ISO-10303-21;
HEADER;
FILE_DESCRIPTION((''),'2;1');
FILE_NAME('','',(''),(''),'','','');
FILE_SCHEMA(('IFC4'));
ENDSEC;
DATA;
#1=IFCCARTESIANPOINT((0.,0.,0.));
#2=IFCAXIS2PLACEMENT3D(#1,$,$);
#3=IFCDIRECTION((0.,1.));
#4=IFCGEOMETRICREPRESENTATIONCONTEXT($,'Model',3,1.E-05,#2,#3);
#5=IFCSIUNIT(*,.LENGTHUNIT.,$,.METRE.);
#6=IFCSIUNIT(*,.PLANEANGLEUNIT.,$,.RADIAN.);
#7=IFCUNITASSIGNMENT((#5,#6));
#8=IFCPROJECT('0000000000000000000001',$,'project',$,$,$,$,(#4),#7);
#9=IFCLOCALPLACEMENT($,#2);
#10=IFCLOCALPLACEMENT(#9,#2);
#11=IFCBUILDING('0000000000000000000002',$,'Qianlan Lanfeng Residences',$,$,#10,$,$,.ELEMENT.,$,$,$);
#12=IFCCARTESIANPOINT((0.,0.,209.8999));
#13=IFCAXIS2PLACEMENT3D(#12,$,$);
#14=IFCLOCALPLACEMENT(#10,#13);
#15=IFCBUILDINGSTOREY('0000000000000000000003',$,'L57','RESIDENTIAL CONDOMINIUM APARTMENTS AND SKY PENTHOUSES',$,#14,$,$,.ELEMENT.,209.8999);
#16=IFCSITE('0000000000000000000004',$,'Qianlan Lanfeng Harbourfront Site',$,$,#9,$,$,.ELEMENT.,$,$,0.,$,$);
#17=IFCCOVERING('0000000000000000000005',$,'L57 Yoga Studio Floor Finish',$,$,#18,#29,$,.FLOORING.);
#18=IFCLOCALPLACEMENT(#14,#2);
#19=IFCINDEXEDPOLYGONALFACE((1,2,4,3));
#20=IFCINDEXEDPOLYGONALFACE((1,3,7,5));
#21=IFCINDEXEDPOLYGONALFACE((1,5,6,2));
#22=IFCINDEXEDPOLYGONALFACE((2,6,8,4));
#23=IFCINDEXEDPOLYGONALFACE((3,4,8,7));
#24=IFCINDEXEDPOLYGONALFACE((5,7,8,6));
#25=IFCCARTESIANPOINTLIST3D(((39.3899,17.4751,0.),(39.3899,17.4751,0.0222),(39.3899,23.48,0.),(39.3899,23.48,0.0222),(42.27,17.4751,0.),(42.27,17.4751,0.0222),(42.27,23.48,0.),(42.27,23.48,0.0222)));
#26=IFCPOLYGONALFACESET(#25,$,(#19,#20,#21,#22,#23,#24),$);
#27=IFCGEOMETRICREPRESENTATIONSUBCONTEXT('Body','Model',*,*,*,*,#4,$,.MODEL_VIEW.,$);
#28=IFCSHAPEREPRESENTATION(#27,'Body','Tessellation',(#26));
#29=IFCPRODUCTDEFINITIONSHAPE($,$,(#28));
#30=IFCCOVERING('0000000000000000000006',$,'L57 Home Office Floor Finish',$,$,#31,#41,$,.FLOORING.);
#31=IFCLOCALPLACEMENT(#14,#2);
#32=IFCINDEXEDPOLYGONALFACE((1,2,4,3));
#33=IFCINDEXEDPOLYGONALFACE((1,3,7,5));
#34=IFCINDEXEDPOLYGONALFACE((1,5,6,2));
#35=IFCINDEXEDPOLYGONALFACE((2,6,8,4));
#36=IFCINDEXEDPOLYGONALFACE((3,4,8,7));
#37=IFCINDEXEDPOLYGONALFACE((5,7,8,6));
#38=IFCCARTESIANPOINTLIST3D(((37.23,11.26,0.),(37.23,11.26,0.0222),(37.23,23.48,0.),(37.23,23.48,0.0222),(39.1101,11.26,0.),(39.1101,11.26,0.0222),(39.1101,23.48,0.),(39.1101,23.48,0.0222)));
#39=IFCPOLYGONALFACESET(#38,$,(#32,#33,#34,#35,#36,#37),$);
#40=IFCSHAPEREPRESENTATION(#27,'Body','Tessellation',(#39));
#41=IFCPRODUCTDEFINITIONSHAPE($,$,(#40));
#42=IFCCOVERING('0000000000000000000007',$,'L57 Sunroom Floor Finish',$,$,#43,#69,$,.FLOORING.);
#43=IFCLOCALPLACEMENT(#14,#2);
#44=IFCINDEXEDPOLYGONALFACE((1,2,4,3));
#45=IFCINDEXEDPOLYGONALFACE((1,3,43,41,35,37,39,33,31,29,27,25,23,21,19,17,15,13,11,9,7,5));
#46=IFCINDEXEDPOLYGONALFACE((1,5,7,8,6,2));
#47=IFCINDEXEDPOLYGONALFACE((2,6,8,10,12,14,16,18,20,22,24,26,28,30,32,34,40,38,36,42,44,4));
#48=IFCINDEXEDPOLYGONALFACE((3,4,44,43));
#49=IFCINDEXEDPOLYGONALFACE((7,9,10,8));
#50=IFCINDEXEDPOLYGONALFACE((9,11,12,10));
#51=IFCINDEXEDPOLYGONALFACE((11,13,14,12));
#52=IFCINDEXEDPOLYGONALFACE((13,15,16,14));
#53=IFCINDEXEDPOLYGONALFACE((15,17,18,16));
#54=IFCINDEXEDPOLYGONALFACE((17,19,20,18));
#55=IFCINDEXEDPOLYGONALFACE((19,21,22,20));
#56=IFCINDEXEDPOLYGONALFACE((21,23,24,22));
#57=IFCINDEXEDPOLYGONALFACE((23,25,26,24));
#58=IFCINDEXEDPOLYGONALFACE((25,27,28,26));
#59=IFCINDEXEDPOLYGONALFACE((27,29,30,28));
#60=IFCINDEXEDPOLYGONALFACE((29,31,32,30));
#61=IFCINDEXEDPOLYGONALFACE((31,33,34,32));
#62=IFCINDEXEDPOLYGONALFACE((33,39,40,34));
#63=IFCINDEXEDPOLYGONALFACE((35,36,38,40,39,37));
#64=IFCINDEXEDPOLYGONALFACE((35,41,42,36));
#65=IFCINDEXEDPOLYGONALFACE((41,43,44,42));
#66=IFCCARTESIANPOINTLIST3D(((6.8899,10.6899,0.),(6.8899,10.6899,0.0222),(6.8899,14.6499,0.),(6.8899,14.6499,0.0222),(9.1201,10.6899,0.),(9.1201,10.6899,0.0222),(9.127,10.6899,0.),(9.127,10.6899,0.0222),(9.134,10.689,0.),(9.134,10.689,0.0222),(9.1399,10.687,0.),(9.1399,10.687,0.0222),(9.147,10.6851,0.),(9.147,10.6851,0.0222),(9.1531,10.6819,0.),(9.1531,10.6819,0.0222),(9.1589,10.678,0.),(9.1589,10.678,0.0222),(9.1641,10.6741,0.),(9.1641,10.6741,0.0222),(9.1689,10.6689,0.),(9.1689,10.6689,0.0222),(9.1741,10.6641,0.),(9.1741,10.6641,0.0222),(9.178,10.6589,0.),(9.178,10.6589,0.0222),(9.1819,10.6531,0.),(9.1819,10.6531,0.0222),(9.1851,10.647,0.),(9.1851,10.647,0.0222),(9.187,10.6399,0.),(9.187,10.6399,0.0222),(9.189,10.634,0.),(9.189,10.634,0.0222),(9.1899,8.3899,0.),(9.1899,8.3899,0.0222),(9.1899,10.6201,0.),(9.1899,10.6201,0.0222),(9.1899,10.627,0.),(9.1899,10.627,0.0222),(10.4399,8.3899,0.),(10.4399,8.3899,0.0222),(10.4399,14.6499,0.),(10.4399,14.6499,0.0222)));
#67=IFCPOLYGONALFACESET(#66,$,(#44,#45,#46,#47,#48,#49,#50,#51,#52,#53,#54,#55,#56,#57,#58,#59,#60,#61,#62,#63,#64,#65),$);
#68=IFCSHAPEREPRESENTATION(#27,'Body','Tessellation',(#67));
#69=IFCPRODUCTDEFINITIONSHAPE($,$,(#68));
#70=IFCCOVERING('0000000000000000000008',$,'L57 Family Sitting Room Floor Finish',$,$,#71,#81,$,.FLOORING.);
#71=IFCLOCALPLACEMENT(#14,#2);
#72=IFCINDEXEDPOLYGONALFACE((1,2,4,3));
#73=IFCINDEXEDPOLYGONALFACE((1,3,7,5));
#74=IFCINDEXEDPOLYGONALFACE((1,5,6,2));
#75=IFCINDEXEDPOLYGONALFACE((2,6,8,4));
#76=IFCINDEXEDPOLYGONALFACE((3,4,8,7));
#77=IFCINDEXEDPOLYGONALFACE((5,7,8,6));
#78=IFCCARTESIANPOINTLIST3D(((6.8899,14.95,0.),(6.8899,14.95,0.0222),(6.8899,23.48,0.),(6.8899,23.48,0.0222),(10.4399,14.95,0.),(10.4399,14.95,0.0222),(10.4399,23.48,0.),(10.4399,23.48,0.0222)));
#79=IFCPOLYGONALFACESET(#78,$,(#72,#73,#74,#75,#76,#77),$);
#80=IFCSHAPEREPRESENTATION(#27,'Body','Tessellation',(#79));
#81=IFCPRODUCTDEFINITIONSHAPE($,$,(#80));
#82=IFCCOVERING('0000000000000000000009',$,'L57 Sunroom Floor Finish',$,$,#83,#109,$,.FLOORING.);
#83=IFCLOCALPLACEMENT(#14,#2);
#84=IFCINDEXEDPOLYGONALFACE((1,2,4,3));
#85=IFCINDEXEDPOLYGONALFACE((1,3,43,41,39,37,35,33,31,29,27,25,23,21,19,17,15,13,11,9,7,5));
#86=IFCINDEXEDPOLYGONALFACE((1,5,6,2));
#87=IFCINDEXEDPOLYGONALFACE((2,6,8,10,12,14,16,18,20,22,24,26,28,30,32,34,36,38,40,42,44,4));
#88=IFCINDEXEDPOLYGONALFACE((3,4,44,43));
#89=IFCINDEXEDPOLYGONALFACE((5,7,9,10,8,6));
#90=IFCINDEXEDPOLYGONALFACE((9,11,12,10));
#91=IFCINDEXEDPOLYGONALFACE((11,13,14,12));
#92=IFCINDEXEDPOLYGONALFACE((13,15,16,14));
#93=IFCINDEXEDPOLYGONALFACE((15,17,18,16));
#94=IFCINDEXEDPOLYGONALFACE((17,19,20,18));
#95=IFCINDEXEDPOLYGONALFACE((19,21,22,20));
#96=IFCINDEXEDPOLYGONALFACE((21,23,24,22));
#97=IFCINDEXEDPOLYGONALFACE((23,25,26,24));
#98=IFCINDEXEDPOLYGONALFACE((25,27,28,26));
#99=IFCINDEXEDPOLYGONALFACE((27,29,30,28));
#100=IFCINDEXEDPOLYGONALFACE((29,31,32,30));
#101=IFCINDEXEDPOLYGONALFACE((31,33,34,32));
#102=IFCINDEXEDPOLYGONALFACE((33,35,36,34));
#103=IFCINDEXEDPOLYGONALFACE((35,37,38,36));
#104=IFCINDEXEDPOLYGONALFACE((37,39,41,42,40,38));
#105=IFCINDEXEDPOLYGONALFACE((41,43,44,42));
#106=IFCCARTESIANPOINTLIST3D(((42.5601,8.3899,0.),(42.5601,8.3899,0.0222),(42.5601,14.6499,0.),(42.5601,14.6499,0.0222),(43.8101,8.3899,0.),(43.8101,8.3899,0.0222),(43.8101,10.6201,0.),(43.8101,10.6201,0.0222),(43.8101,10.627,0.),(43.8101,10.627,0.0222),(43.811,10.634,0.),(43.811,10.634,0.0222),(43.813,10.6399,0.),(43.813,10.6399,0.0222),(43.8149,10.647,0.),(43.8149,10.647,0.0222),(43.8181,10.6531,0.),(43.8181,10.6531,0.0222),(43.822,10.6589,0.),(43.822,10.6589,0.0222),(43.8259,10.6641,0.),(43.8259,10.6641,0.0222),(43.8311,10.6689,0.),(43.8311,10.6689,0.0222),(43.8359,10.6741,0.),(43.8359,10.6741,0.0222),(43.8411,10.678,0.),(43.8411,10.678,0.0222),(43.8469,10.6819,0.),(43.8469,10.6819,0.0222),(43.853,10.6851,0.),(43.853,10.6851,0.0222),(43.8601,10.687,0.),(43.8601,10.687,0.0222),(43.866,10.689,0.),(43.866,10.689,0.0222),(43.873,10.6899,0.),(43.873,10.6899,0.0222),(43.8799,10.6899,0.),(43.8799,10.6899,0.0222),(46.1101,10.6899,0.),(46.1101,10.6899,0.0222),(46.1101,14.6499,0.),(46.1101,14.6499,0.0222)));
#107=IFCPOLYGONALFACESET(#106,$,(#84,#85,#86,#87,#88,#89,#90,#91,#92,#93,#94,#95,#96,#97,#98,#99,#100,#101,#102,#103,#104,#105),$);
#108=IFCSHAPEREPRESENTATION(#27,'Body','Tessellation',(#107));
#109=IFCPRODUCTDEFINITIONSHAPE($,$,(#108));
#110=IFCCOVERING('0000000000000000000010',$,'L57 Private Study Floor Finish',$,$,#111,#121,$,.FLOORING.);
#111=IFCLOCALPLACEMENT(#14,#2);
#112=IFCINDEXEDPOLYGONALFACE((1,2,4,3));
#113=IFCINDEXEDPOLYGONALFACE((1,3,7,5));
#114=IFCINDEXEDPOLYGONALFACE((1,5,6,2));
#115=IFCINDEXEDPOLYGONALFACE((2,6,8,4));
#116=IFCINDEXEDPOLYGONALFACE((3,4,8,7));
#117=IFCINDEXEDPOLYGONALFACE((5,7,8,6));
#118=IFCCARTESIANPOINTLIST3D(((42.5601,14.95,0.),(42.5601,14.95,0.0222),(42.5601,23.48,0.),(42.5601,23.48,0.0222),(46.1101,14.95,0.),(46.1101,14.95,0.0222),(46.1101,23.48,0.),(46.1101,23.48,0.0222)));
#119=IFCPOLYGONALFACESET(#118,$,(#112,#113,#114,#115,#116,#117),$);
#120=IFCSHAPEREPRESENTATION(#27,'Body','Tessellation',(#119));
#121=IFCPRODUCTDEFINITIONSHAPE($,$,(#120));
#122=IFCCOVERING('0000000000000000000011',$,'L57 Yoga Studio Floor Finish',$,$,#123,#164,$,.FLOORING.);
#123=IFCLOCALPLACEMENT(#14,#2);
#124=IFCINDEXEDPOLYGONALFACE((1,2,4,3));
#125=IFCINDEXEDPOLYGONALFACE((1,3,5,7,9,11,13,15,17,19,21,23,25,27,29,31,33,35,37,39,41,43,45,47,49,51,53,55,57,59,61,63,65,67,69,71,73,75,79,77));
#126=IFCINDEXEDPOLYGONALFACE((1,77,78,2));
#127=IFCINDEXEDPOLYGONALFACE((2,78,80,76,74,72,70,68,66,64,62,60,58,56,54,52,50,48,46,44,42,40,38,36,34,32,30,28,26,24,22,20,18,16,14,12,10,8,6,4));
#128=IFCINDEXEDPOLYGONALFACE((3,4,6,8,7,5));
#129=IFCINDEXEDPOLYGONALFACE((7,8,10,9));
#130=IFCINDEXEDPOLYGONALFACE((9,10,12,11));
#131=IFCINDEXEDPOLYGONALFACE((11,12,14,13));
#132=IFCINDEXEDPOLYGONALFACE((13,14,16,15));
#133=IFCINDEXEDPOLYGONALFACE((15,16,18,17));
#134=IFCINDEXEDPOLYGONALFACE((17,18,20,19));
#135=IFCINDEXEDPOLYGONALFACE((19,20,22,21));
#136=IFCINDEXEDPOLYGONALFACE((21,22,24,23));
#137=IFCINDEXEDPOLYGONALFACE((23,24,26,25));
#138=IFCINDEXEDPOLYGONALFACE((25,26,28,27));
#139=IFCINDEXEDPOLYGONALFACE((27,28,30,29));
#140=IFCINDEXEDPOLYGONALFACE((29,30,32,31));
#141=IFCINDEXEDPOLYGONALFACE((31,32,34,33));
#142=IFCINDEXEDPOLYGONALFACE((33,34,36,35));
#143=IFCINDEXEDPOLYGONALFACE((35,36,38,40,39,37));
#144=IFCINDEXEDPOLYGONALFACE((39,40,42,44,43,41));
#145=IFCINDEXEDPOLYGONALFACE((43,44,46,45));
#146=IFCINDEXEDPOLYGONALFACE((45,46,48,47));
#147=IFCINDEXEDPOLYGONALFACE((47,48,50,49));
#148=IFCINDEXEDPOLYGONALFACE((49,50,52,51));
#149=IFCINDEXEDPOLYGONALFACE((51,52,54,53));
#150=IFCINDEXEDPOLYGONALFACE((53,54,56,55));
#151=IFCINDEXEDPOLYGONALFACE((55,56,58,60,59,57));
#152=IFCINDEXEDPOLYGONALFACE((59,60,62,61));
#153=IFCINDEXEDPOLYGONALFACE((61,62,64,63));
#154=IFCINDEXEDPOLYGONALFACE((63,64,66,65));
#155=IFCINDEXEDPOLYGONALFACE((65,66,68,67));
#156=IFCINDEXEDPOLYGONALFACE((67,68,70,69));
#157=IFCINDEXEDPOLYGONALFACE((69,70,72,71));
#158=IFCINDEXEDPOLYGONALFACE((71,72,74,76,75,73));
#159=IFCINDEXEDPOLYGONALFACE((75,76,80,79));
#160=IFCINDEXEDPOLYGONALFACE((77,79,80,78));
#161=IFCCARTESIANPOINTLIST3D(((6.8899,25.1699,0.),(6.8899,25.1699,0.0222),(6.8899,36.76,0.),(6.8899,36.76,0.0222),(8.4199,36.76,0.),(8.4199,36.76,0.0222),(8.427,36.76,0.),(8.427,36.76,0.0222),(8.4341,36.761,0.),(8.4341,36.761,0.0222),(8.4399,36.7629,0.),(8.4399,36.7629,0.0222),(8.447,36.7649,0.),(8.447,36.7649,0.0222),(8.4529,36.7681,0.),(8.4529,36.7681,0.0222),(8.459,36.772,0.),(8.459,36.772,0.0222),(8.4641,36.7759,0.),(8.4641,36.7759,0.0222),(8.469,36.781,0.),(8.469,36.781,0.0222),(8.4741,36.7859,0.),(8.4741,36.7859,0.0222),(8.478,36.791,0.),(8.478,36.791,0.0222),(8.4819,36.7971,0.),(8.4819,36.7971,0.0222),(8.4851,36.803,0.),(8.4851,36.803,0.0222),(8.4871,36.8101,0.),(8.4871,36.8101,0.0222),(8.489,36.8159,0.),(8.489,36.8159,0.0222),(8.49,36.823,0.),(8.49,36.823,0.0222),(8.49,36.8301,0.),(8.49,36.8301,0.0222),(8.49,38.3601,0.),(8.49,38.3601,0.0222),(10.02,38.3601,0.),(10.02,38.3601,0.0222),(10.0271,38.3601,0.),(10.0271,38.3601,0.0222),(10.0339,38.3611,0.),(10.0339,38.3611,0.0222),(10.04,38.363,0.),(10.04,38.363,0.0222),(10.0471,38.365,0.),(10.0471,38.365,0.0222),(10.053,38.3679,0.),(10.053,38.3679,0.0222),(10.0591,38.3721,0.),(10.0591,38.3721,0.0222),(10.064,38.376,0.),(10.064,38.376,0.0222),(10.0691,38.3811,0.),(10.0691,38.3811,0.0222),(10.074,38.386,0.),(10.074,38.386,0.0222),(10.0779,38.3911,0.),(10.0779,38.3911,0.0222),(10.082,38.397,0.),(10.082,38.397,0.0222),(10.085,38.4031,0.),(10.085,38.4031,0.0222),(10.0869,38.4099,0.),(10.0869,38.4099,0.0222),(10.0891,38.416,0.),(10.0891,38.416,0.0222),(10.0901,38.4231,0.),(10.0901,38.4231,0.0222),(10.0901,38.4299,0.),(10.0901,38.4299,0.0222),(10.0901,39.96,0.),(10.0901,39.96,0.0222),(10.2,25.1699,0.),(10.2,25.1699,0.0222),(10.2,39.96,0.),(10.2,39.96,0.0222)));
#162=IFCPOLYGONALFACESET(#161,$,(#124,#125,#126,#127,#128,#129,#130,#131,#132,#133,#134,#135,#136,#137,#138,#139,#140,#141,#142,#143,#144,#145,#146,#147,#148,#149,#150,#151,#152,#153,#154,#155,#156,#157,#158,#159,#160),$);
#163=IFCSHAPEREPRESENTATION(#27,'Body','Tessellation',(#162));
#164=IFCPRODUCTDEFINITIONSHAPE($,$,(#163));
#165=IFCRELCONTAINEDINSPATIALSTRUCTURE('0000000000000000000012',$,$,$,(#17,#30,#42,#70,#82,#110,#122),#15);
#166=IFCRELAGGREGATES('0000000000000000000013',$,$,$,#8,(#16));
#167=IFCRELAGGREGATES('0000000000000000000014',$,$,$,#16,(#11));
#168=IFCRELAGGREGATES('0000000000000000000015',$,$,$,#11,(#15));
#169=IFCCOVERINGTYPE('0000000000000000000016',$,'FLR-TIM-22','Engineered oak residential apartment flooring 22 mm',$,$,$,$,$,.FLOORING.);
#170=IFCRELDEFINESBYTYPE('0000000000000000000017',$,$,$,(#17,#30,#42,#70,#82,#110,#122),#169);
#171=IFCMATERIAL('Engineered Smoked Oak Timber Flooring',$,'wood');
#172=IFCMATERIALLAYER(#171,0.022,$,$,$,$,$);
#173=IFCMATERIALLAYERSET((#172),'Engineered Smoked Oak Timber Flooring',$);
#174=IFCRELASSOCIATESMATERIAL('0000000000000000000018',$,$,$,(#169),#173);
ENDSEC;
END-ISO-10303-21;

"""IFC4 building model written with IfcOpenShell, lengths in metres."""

from ifc_helpers import new_model, si_unit, direction, frame, origin, place, context, subcontext, project, spatial, polyline, outline, extrude, material, layer, layer_set, type_object, element, save


model = new_model("IFC4")

# Units and contexts
model_context = context("Model", 3, precision=1e-05, world=origin(), true_north=direction((0.0, 1.0)))
body_context = subcontext(model_context, "Body", "Model", "MODEL_VIEW")
ifc_project = project(units=[si_unit("LENGTHUNIT", "METRE"), si_unit("PLANEANGLEUNIT", "RADIAN")], contexts=[model_context])

# Site, building, storey
site_placement = place(None, origin())
site = spatial("IfcSite", under=ifc_project, at=site_placement, Name="Qianlan Lanfeng Harbourfront Site", CompositionType="ELEMENT", RefElevation=0.0)
building_placement = place(site_placement, origin())
building = spatial("IfcBuilding", under=site, at=building_placement, Name="Qianlan Lanfeng Residences", CompositionType="ELEMENT")
storey_placement = place(building_placement, frame((0.0, 0.0, 209.8999)))
storey = spatial("IfcBuildingStorey", under=building, at=storey_placement, Name="L57", Description="RESIDENTIAL CONDOMINIUM APARTMENTS AND SKY PENTHOUSES", CompositionType="ELEMENT", Elevation=209.8999)

# Coverings
ifc_material_1 = material(Name="Engineered Smoked Oak Timber Flooring", Category="wood")
ifc_layer_1 = layer(ifc_material_1, 0.022)
ifc_layer_set_1 = layer_set([ifc_layer_1], Name="Engineered Smoked Oak Timber Flooring")
covering_type = type_object("IfcCoveringType", Name="FLR-TIM-22", Description="Engineered oak residential apartment flooring 22 mm", PredefinedType="FLOORING", material=ifc_layer_set_1)
covering_1_placement = place(storey_placement, origin())
element("IfcCovering", 1, at=covering_1_placement, inside=storey, type_object=covering_type, Name="L57 Yoga Studio Floor Finish", PredefinedType="FLOORING", context=body_context, shape_type="SweptSolid", body=[
    extrude(outline(polyline([(39.3899, 17.4751), (42.27, 17.4751), (42.27, 23.48), (39.3899, 23.48), (39.3899, 17.4751)])), origin(), (0.0, 0.0, 1.0), 0.0222),
])
covering_2_placement = place(storey_placement, origin())
element("IfcCovering", 2, at=covering_2_placement, inside=storey, type_object=covering_type, Name="L57 Home Office Floor Finish", PredefinedType="FLOORING", context=body_context, shape_type="SweptSolid", body=[
    extrude(outline(polyline([(37.23, 11.26), (39.1101, 11.26), (39.1101, 23.48), (37.23, 23.48), (37.23, 11.26)])), origin(), (0.0, 0.0, 1.0), 0.0222),
])
covering_3_placement = place(storey_placement, origin())
element("IfcCovering", 3, at=covering_3_placement, inside=storey, type_object=covering_type, Name="L57 Sunroom Floor Finish", PredefinedType="FLOORING", context=body_context, shape_type="SweptSolid", body=[
    extrude(outline(polyline([(10.4399, 14.6499), (6.8899, 14.6499), (6.8899, 10.6899), (9.1201, 10.6899), (9.127, 10.6899), (9.134, 10.689), (9.1399, 10.687), (9.147, 10.6851), (9.1531, 10.6819), (9.1589, 10.678), (9.1641, 10.6741), (9.1689, 10.6689), (9.1741, 10.6641), (9.178, 10.6589), (9.1819, 10.6531), (9.1851, 10.647), (9.187, 10.6399), (9.189, 10.634), (9.1899, 10.627), (9.1899, 10.6201), (9.1899, 8.3899), (10.4399, 8.3899), (10.4399, 14.6499)])), origin(), (0.0, 0.0, 1.0), 0.0222),
])
covering_4_placement = place(storey_placement, origin())
element("IfcCovering", 4, at=covering_4_placement, inside=storey, type_object=covering_type, Name="L57 Family Sitting Room Floor Finish", PredefinedType="FLOORING", context=body_context, shape_type="SweptSolid", body=[
    extrude(outline(polyline([(10.4399, 23.48), (6.8899, 23.48), (6.8899, 14.95), (10.4399, 14.95), (10.4399, 23.48)])), origin(), (0.0, 0.0, 1.0), 0.0222),
])
covering_5_placement = place(storey_placement, origin())
element("IfcCovering", 5, at=covering_5_placement, inside=storey, type_object=covering_type, Name="L57 Sunroom Floor Finish", PredefinedType="FLOORING", context=body_context, shape_type="SweptSolid", body=[
    extrude(outline(polyline([(46.1101, 14.6499), (42.5601, 14.6499), (42.5601, 8.3899), (43.8101, 8.3899), (43.8101, 10.6201), (43.8101, 10.627), (43.811, 10.634), (43.813, 10.6399), (43.8149, 10.647), (43.8181, 10.6531), (43.822, 10.6589), (43.8259, 10.6641), (43.8311, 10.6689), (43.8359, 10.6741), (43.8411, 10.678), (43.8469, 10.6819), (43.853, 10.6851), (43.8601, 10.687), (43.866, 10.689), (43.873, 10.6899), (43.8799, 10.6899), (46.1101, 10.6899), (46.1101, 14.6499)])), origin(), (0.0, 0.0, 1.0), 0.0222),
])
covering_6_placement = place(storey_placement, origin())
element("IfcCovering", 6, at=covering_6_placement, inside=storey, type_object=covering_type, Name="L57 Private Study Floor Finish", PredefinedType="FLOORING", context=body_context, shape_type="SweptSolid", body=[
    extrude(outline(polyline([(46.1101, 23.48), (42.5601, 23.48), (42.5601, 14.95), (46.1101, 14.95), (46.1101, 23.48)])), origin(), (0.0, 0.0, 1.0), 0.0222),
])
covering_7_placement = place(storey_placement, origin())
element("IfcCovering", 7, at=covering_7_placement, inside=storey, type_object=covering_type, Name="L57 Yoga Studio Floor Finish", PredefinedType="FLOORING", context=body_context, shape_type="SweptSolid", body=[
    extrude(outline(polyline([(10.2, 25.1699), (10.2, 39.96), (10.0901, 39.96), (10.0901, 38.4299), (10.0901, 38.4231), (10.0891, 38.416), (10.0869, 38.4099), (10.085, 38.4031), (10.082, 38.397), (10.0779, 38.3911), (10.074, 38.386), (10.0691, 38.3811), (10.064, 38.376), (10.0591, 38.3721), (10.053, 38.3679), (10.0471, 38.365), (10.04, 38.363), (10.0339, 38.3611), (10.0271, 38.3601), (10.02, 38.3601), (8.49, 38.3601), (8.49, 36.8301), (8.49, 36.823), (8.489, 36.8159), (8.4871, 36.8101), (8.4851, 36.803), (8.4819, 36.7971), (8.478, 36.791), (8.4741, 36.7859), (8.469, 36.781), (8.4641, 36.7759), (8.459, 36.772), (8.4529, 36.7681), (8.447, 36.7649), (8.4399, 36.7629), (8.4341, 36.761), (8.427, 36.76), (8.4199, 36.76), (6.8899, 36.76), (6.8899, 25.1699), (10.2, 25.1699)])), origin(), (0.0, 0.0, 1.0), 0.0222),
])

save(model, "model.ifc")
